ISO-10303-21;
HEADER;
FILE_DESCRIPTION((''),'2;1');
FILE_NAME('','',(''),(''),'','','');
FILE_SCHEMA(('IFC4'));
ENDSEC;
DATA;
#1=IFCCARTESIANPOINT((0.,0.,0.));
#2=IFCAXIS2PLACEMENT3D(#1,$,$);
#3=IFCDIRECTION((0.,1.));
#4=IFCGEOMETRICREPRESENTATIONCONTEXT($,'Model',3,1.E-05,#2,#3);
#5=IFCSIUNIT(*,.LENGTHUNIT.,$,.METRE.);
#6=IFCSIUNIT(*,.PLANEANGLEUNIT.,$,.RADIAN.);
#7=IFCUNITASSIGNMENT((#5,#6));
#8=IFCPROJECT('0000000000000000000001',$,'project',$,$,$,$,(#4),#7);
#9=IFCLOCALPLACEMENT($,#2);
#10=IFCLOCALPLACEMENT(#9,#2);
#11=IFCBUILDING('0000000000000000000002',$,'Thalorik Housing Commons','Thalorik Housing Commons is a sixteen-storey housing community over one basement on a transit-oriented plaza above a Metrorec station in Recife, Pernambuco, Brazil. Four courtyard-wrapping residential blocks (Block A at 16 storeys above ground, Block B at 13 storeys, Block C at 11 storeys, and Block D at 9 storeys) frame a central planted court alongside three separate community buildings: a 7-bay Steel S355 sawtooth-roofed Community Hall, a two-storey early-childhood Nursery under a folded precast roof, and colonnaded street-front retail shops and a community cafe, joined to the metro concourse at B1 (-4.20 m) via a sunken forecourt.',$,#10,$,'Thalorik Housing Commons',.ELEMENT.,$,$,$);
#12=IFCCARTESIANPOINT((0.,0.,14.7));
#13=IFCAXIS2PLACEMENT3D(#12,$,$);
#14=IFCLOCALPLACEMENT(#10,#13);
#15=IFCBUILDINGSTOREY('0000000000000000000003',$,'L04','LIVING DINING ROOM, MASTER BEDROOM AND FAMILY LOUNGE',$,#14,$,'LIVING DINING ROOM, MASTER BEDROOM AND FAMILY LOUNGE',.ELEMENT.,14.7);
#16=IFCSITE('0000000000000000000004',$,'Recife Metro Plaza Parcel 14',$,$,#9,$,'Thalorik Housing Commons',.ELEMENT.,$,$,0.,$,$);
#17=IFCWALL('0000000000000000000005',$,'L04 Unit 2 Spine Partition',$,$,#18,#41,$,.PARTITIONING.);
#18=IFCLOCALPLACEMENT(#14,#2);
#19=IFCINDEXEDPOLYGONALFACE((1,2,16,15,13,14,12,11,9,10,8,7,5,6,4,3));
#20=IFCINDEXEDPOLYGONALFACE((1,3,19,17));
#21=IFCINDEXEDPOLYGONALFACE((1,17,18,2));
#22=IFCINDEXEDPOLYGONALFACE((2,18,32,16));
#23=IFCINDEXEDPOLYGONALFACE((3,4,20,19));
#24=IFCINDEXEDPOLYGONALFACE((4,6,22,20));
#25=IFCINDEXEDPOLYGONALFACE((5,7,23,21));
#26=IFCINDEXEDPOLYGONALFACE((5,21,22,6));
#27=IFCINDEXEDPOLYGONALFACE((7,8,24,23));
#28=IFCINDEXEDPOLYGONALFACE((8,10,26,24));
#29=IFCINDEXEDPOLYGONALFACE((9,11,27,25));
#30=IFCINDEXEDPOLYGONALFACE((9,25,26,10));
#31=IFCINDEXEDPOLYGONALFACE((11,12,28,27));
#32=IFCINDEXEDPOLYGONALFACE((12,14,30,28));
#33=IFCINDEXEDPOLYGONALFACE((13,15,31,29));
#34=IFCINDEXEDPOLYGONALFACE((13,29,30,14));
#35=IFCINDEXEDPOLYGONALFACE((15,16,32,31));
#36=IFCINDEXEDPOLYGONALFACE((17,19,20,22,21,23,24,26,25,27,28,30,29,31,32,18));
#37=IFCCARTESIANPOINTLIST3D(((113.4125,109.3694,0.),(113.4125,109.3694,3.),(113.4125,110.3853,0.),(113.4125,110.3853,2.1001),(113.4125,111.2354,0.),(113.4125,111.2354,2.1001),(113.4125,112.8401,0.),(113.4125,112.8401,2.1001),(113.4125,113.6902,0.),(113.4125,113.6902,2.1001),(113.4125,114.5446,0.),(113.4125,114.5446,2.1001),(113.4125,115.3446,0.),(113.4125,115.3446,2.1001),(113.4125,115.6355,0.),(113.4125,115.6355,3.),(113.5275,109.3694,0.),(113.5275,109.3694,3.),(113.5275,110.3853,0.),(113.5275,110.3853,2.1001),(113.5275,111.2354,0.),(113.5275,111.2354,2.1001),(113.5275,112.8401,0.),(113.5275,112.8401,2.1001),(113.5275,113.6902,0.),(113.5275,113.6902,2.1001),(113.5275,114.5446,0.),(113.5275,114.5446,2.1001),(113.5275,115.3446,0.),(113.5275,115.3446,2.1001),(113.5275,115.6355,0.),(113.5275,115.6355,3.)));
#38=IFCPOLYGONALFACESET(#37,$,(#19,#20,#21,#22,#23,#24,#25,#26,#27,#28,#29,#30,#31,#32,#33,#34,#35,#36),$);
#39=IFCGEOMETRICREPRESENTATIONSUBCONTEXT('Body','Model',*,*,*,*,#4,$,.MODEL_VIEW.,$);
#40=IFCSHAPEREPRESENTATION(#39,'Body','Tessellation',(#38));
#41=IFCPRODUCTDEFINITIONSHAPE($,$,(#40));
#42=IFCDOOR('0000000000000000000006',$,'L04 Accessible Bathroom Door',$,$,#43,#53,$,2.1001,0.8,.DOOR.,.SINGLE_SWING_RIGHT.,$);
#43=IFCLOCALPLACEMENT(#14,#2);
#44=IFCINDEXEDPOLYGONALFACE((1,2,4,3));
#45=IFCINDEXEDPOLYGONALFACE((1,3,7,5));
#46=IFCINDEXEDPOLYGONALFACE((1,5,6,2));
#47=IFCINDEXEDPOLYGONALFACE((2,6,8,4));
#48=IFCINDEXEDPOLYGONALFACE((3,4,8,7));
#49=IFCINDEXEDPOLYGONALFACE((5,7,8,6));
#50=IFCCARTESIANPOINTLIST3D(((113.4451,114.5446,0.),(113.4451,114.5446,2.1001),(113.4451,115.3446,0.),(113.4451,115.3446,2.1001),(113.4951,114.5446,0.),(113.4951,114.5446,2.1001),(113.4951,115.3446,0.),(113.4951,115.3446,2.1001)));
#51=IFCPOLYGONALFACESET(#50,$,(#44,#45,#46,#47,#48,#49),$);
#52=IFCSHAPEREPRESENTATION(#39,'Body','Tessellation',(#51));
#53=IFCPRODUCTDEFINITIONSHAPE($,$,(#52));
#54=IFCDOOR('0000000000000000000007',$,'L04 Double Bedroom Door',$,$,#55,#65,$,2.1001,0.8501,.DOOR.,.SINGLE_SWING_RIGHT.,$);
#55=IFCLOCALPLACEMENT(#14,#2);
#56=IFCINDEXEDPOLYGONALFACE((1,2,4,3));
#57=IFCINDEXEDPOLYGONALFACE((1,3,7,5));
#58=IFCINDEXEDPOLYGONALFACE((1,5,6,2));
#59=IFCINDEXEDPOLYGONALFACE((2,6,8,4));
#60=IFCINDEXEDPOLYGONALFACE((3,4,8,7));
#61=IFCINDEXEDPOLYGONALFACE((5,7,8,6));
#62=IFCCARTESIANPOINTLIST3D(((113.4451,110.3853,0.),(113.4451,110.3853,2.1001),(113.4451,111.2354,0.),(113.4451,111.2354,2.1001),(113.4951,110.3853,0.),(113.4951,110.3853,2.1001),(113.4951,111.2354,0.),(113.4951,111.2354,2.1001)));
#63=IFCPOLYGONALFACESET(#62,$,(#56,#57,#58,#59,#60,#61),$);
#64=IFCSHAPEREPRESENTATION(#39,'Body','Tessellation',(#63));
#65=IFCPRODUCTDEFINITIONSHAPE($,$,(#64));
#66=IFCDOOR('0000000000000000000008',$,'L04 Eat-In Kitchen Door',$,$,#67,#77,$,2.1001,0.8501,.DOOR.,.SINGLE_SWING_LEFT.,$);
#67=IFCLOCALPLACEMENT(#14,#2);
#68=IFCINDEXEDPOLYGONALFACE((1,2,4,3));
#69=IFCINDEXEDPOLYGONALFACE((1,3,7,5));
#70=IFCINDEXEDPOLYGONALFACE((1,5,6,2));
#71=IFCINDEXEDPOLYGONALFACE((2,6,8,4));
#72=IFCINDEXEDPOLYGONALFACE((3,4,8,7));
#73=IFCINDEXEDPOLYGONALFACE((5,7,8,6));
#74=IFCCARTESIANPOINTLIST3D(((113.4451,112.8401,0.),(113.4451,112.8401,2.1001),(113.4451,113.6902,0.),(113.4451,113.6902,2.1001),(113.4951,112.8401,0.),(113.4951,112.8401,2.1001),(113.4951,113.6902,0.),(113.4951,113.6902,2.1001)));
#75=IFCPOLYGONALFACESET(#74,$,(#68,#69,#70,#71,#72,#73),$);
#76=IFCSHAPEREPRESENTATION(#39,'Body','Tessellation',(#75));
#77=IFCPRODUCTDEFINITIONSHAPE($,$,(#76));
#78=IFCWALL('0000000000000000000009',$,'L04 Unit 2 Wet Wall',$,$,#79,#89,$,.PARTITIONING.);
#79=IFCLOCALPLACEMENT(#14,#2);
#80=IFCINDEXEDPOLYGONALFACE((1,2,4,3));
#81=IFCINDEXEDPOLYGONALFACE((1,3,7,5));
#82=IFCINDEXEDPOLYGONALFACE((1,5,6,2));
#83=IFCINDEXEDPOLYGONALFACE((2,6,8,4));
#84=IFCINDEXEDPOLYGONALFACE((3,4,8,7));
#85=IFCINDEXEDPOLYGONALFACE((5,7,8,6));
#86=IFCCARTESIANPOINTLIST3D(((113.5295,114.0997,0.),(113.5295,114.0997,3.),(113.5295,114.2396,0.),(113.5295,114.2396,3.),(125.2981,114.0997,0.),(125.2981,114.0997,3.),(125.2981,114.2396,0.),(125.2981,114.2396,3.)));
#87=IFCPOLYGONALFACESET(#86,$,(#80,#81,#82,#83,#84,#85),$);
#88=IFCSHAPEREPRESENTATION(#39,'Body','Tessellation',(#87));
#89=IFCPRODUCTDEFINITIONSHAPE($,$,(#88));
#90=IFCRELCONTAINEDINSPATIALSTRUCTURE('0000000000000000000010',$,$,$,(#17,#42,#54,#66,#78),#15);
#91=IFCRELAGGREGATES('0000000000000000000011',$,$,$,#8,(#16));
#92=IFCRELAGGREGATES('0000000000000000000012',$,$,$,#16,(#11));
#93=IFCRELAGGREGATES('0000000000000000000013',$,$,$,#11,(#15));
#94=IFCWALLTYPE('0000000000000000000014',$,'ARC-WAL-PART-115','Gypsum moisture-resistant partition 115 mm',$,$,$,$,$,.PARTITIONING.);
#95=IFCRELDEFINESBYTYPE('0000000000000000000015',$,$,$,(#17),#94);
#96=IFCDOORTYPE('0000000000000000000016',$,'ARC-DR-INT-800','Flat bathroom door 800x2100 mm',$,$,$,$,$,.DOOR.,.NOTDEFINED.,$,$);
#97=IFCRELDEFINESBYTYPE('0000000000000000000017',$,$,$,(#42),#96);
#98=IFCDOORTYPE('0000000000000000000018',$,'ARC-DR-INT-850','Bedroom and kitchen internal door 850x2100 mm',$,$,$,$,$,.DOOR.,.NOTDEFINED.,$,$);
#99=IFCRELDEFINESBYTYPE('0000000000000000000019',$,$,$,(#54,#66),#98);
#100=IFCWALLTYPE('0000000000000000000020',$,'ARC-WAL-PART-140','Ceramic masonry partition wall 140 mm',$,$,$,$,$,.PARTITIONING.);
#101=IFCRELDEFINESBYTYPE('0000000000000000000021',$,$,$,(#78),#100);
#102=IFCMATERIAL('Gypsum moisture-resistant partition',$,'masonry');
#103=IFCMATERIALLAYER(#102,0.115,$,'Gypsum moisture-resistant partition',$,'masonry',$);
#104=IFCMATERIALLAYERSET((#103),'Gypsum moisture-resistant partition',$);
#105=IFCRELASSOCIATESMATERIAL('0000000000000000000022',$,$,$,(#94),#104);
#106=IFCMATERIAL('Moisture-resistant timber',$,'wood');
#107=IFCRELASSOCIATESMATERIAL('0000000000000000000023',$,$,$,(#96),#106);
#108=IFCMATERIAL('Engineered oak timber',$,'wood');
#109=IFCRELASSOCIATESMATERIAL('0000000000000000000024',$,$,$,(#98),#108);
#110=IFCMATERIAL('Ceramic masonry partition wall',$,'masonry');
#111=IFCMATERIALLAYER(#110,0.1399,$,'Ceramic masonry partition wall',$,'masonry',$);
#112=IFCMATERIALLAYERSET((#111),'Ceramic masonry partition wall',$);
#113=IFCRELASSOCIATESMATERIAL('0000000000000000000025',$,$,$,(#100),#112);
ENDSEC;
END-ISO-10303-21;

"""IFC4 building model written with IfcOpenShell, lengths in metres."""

from ifc_helpers import new_model, si_unit, direction, frame, frame_2d, origin, place, context, subcontext, project, spatial, rectangle, extrude, material, layer, layer_set, type_object, element, fill, save


model = new_model("IFC4")

# Units and contexts
model_context = context("Model", 3, precision=1e-05, world=origin(), true_north=direction((0.0, 1.0)))
body_context = subcontext(model_context, "Body", "Model", "MODEL_VIEW")
ifc_project = project(units=[si_unit("LENGTHUNIT", "METRE"), si_unit("PLANEANGLEUNIT", "RADIAN")], contexts=[model_context])

# Site, building, storey
site_placement = place(None, origin())
site = spatial("IfcSite", under=ifc_project, at=site_placement, Name="Recife Metro Plaza Parcel 14", LongName="Thalorik Housing Commons", CompositionType="ELEMENT", RefElevation=0.0)
building_placement = place(site_placement, origin())
building = spatial("IfcBuilding", under=site, at=building_placement, Name="Thalorik Housing Commons", Description="Thalorik Housing Commons is a sixteen-storey housing community over one basement on a transit-oriented plaza above a Metrorec station in Recife, Pernambuco, Brazil. Four courtyard-wrapping residential blocks (Block A at 16 storeys above ground, Block B at 13 storeys, Block C at 11 storeys, and Block D at 9 storeys) frame a central planted court alongside three separate community buildings: a 7-bay Steel S355 sawtooth-roofed Community Hall, a two-storey early-childhood Nursery under a folded precast roof, and colonnaded street-front retail shops and a community cafe, joined to the metro concourse at B1 (-4.20 m) via a sunken forecourt.", LongName="Thalorik Housing Commons", CompositionType="ELEMENT")
storey_placement = place(building_placement, frame((0.0, 0.0, 14.7)))
storey = spatial("IfcBuildingStorey", under=building, at=storey_placement, Name="L04", Description="LIVING DINING ROOM, MASTER BEDROOM AND FAMILY LOUNGE", LongName="LIVING DINING ROOM, MASTER BEDROOM AND FAMILY LOUNGE", CompositionType="ELEMENT", Elevation=14.7)

# Wall, openings, doors
ifc_material_1 = material(Name="Gypsum moisture-resistant partition", Category="masonry")
ifc_layer_1 = layer(ifc_material_1, 0.115, Name="Gypsum moisture-resistant partition", Category="masonry")
ifc_layer_set_1 = layer_set([ifc_layer_1], Name="Gypsum moisture-resistant partition")
wall_type_1 = type_object("IfcWallType", Name="ARC-WAL-PART-115", Description="Gypsum moisture-resistant partition 115 mm", PredefinedType="PARTITIONING", material=ifc_layer_set_1)
wall_1_placement = place(storey_placement, frame((113.47, 109.3694, 0.0), z_axis=(0.0, 0.0, 1.0), x_axis=(0.0, 1.0, 0.0)))
wall_1 = element("IfcWall", 1, at=wall_1_placement, inside=storey, type_object=wall_type_1, Name="L04 Unit 2 Spine Partition", PredefinedType="PARTITIONING", context=body_context, shape_type="SweptSolid", body=[
    extrude(rectangle(XDim=6.2661, YDim=0.115, at=frame_2d((3.1331, 0.0))), origin(), (0.0, 0.0, 1.0), 3.0),
])
opening_1_placement = place(wall_1_placement, frame((1.0159, 0.0, 0.0)))
opening_1 = element("IfcOpeningElement", 2, at=opening_1_placement, cuts=wall_1, PredefinedType="OPENING", context=body_context, shape_type="SweptSolid", body=[
    extrude(rectangle(XDim=0.8501, YDim=2.1001, at=frame_2d((0.425, 1.05))), frame((0.0, 0.0674, 0.0), z_axis=(0.0, -1.0, 0.0), x_axis=(1.0, 0.0, 0.0)), (0.0, 0.0, 1.0), 0.135),
])
opening_2_placement = place(wall_1_placement, frame((3.4707, 0.0, 0.0)))
opening_2 = element("IfcOpeningElement", 3, at=opening_2_placement, cuts=wall_1, PredefinedType="OPENING", context=body_context, shape_type="SweptSolid", body=[
    extrude(rectangle(XDim=0.8501, YDim=2.1001, at=frame_2d((0.425, 1.05))), frame((0.0, 0.0674, 0.0), z_axis=(0.0, -1.0, 0.0), x_axis=(1.0, 0.0, 0.0)), (0.0, 0.0, 1.0), 0.135),
])
opening_3_placement = place(wall_1_placement, frame((5.1753, 0.0, 0.0)))
opening_3 = element("IfcOpeningElement", 4, at=opening_3_placement, cuts=wall_1, PredefinedType="OPENING", context=body_context, shape_type="SweptSolid", body=[
    extrude(rectangle(XDim=0.8, YDim=2.1001, at=frame_2d((0.3999, 1.05))), frame((0.0, 0.0674, 0.0), z_axis=(0.0, -1.0, 0.0), x_axis=(1.0, 0.0, 0.0)), (0.0, 0.0, 1.0), 0.135),
])
ifc_material_2 = material(Name="Moisture-resistant timber", Category="wood")
door_type_1 = type_object("IfcDoorType", Name="ARC-DR-INT-800", Description="Flat bathroom door 800x2100 mm", OperationType="NOTDEFINED", PredefinedType="DOOR", material=ifc_material_2)
door_1_placement = place(opening_3_placement, origin())
door_1 = element("IfcDoor", 5, at=door_1_placement, inside=storey, type_object=door_type_1, Name="L04 Accessible Bathroom Door", OperationType="SINGLE_SWING_RIGHT", OverallHeight=2.1001, OverallWidth=0.8, PredefinedType="DOOR", context=body_context, shape_type="SweptSolid", body=[
    extrude(rectangle(XDim=0.8, YDim=2.1001, at=frame_2d((0.3999, 1.05))), frame((0.0, 0.0249, 0.0), z_axis=(0.0, -1.0, 0.0), x_axis=(1.0, 0.0, 0.0)), (0.0, 0.0, 1.0), 0.05),
])
fill(opening_3, door_1)
ifc_material_3 = material(Name="Engineered oak timber", Category="wood")
door_type_2 = type_object("IfcDoorType", Name="ARC-DR-INT-850", Description="Bedroom and kitchen internal door 850x2100 mm", OperationType="NOTDEFINED", PredefinedType="DOOR", material=ifc_material_3)
door_2_placement = place(opening_1_placement, origin())
door_2 = element("IfcDoor", 6, at=door_2_placement, inside=storey, type_object=door_type_2, Name="L04 Double Bedroom Door", OperationType="SINGLE_SWING_RIGHT", OverallHeight=2.1001, OverallWidth=0.8501, PredefinedType="DOOR", context=body_context, shape_type="SweptSolid", body=[
    extrude(rectangle(XDim=0.8501, YDim=2.1001, at=frame_2d((0.425, 1.05))), frame((0.0, 0.0249, 0.0), z_axis=(0.0, -1.0, 0.0), x_axis=(1.0, 0.0, 0.0)), (0.0, 0.0, 1.0), 0.05),
])
fill(opening_1, door_2)
door_3_placement = place(opening_2_placement, origin())
door_3 = element("IfcDoor", 7, at=door_3_placement, inside=storey, type_object=door_type_2, Name="L04 Eat-In Kitchen Door", OperationType="SINGLE_SWING_LEFT", OverallHeight=2.1001, OverallWidth=0.8501, PredefinedType="DOOR", context=body_context, shape_type="SweptSolid", body=[
    extrude(rectangle(XDim=0.8501, YDim=2.1001, at=frame_2d((0.425, 1.05))), frame((0.0, 0.0249, 0.0), z_axis=(0.0, -1.0, 0.0), x_axis=(1.0, 0.0, 0.0)), (0.0, 0.0, 1.0), 0.05),
])
fill(opening_2, door_3)

# Wall
ifc_material_4 = material(Name="Ceramic masonry partition wall", Category="masonry")
ifc_layer_2 = layer(ifc_material_4, 0.1399, Name="Ceramic masonry partition wall", Category="masonry")
ifc_layer_set_2 = layer_set([ifc_layer_2], Name="Ceramic masonry partition wall")
wall_type_2 = type_object("IfcWallType", Name="ARC-WAL-PART-140", Description="Ceramic masonry partition wall 140 mm", PredefinedType="PARTITIONING", material=ifc_layer_set_2)
wall_2_placement = place(storey_placement, frame((113.5295, 114.1697, 0.0), z_axis=(0.0, 0.0, 1.0), x_axis=(1.0, 0.0, 0.0)))
element("IfcWall", 8, at=wall_2_placement, inside=storey, type_object=wall_type_2, Name="L04 Unit 2 Wet Wall", PredefinedType="PARTITIONING", context=body_context, shape_type="SweptSolid", body=[
    extrude(rectangle(XDim=11.7686, YDim=0.1399, at=frame_2d((5.8843, 0.0))), origin(), (0.0, 0.0, 1.0), 3.0),
])

save(model, "model.ifc")
